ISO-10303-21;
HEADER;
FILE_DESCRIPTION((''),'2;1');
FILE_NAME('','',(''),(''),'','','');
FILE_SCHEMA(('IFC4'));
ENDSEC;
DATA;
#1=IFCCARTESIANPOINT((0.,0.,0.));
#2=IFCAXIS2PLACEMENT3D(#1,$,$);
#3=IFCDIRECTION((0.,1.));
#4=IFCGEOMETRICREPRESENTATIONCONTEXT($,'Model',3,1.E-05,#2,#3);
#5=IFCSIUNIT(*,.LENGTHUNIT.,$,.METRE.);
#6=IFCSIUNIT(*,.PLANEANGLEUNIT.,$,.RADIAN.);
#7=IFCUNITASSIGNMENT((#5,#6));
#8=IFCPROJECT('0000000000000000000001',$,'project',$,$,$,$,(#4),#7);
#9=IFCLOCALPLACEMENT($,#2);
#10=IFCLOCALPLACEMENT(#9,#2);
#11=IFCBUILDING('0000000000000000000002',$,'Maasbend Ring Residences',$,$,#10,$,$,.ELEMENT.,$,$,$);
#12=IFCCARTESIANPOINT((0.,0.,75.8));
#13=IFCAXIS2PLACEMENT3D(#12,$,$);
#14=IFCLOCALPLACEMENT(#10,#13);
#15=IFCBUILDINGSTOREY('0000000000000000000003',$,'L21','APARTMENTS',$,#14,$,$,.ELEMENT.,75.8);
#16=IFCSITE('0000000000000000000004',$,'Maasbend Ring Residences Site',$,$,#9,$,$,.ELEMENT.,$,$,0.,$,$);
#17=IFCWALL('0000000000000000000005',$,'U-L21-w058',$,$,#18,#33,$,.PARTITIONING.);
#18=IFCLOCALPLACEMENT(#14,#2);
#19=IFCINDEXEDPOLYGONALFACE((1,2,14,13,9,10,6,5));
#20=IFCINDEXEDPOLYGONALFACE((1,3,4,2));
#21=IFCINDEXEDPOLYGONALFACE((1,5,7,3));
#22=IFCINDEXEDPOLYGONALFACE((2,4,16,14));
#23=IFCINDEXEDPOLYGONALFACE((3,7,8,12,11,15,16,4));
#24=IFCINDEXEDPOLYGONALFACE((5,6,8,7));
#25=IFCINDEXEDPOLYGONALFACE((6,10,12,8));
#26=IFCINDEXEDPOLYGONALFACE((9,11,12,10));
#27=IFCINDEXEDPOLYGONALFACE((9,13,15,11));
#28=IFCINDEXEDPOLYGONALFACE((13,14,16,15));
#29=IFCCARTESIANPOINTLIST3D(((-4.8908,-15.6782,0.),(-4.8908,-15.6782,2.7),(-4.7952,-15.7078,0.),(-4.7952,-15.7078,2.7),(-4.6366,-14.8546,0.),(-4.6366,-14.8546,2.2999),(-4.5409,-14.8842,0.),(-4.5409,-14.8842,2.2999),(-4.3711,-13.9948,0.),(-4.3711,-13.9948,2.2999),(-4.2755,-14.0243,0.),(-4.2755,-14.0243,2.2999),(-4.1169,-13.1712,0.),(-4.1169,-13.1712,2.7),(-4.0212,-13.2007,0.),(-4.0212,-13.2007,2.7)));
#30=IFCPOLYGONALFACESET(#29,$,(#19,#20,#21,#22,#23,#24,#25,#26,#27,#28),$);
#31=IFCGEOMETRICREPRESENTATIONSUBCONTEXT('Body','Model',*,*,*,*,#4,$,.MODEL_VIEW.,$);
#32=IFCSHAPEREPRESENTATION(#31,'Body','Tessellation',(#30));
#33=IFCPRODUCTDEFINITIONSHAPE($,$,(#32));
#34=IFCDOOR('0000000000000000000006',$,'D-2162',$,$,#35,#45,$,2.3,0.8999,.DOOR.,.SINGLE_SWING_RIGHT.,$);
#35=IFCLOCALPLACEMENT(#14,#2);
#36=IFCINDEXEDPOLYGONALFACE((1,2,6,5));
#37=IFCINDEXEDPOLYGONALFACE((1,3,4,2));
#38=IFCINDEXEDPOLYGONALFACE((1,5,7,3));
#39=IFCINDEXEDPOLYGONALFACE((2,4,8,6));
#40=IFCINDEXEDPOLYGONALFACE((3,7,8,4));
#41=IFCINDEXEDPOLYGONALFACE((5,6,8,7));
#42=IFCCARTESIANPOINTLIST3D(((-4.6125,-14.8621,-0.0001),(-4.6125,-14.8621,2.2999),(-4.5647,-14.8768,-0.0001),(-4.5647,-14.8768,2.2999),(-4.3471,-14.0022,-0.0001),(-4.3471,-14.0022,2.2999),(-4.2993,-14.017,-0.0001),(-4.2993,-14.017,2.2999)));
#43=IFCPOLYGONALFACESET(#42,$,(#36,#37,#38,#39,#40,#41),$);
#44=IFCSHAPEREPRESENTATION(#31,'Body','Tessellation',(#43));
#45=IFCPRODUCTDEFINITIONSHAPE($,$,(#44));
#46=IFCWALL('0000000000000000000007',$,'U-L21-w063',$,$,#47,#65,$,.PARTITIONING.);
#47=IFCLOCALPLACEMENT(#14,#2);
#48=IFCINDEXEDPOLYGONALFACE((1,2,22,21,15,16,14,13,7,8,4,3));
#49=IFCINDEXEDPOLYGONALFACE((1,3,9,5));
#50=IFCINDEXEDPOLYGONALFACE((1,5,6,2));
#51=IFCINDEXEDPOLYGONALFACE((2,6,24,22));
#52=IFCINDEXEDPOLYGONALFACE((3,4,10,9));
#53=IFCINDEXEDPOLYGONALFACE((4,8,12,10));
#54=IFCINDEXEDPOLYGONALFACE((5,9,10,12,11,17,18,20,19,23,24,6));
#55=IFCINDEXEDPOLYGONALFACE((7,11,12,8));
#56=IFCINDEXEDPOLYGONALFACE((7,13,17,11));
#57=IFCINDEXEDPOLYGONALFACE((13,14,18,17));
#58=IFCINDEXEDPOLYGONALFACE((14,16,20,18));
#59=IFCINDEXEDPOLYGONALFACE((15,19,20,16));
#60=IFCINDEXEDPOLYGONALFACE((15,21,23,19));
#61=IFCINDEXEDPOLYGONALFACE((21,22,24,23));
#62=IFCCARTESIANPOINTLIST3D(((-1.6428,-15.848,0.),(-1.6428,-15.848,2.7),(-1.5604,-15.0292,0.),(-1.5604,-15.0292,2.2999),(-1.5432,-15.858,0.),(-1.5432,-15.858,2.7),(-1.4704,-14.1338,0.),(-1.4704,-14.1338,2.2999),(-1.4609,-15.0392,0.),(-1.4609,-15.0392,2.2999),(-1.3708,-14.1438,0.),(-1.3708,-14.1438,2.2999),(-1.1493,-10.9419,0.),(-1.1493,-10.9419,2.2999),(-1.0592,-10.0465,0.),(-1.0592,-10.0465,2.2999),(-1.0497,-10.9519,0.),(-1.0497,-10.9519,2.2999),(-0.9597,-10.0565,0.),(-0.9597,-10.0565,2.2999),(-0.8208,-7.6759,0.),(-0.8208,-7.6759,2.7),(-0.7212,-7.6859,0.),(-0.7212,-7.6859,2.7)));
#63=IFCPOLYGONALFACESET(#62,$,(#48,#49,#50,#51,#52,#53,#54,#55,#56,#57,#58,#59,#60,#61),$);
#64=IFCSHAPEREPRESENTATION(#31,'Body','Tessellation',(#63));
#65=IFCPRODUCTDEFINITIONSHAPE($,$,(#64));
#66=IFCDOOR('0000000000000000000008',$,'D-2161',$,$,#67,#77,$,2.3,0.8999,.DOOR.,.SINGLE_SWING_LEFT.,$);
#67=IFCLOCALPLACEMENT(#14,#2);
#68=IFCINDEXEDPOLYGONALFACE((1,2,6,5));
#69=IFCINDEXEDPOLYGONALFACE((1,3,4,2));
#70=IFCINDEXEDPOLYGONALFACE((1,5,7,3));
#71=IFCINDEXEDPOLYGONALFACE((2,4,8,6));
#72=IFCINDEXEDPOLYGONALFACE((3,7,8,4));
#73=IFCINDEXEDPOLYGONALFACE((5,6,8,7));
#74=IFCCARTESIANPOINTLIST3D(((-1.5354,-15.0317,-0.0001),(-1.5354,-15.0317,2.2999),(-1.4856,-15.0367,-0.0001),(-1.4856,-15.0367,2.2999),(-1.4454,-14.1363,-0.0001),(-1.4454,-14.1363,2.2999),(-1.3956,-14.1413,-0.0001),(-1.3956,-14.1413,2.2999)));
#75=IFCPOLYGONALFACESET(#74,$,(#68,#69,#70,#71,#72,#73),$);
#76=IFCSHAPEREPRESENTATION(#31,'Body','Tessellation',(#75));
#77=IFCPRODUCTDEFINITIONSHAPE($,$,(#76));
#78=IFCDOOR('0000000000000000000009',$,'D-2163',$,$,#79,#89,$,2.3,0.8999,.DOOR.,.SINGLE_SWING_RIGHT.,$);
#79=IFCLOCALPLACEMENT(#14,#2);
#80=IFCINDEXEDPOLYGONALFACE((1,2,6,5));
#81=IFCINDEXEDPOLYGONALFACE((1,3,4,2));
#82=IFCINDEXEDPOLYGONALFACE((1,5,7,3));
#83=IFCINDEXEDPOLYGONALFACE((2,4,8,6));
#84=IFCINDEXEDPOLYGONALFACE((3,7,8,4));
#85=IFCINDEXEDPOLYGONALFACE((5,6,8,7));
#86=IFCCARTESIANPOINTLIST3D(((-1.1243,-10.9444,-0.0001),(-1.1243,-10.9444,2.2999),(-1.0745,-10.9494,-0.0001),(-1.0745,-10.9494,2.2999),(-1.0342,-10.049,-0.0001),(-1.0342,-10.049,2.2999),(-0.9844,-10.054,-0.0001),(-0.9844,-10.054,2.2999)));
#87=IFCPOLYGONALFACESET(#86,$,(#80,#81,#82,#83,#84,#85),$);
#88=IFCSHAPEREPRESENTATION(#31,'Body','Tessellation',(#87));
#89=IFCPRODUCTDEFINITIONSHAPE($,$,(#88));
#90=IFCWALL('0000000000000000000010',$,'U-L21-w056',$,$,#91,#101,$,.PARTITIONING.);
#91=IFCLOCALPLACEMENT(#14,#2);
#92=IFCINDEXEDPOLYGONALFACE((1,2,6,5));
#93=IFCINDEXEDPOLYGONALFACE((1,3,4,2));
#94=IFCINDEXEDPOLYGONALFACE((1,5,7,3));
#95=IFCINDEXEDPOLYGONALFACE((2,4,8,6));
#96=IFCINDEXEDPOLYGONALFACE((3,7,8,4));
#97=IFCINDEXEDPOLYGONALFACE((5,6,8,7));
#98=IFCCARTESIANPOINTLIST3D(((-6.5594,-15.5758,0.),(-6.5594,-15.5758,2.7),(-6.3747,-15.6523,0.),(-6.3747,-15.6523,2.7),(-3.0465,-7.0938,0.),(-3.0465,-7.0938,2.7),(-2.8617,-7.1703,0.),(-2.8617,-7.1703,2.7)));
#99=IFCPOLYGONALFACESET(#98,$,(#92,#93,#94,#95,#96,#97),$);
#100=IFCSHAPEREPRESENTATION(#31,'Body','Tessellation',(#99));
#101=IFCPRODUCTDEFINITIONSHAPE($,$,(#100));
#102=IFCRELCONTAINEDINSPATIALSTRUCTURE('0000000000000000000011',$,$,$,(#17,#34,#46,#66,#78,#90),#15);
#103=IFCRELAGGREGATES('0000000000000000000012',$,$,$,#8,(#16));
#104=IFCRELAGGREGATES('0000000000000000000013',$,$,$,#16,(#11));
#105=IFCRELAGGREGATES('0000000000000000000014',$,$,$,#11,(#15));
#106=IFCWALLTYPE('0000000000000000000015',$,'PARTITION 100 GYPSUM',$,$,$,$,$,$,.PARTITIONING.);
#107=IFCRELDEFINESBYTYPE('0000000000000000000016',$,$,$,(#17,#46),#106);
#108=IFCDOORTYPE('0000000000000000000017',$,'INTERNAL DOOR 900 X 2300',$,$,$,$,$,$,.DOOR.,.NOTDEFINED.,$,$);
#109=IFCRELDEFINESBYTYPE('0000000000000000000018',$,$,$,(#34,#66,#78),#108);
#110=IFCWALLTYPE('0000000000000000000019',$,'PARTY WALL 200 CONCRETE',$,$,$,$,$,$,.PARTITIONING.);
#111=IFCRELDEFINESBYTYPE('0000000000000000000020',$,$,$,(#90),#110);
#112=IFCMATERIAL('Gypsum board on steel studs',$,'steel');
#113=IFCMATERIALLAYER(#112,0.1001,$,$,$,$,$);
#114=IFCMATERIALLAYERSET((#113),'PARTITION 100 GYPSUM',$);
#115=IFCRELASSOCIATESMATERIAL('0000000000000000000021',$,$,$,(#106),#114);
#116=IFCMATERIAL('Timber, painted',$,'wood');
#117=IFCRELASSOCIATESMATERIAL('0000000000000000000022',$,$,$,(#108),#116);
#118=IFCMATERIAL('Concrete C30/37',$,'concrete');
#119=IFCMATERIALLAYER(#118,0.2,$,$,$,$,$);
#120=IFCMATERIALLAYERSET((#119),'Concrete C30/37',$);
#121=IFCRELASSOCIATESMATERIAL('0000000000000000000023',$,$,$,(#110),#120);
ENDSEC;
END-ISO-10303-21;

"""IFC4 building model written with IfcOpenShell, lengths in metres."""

from ifc_helpers import new_model, si_unit, direction, frame, frame_2d, origin, place, context, subcontext, project, spatial, rectangle, extrude, material, layer, layer_set, type_object, element, fill, save


model = new_model("IFC4")

# Units and contexts
model_context = context("Model", 3, precision=1e-05, world=origin(), true_north=direction((0.0, 1.0)))
body_context = subcontext(model_context, "Body", "Model", "MODEL_VIEW")
ifc_project = project(units=[si_unit("LENGTHUNIT", "METRE"), si_unit("PLANEANGLEUNIT", "RADIAN")], contexts=[model_context])

# Site, building, storey
site_placement = place(None, origin())
site = spatial("IfcSite", under=ifc_project, at=site_placement, Name="Maasbend Ring Residences Site", CompositionType="ELEMENT", RefElevation=0.0)
building_placement = place(site_placement, origin())
building = spatial("IfcBuilding", under=site, at=building_placement, Name="Maasbend Ring Residences", CompositionType="ELEMENT")
storey_placement = place(building_placement, frame((0.0, 0.0, 75.8)))
storey = spatial("IfcBuildingStorey", under=building, at=storey_placement, Name="L21", Description="APARTMENTS", CompositionType="ELEMENT", Elevation=75.8)

# Shared definitions
ifc_material_1 = material(Name="Gypsum board on steel studs", Category="steel")
ifc_layer_1 = layer(ifc_material_1, 0.1001)
ifc_layer_set_1 = layer_set([ifc_layer_1], Name="PARTITION 100 GYPSUM")
wall_type_1 = type_object("IfcWallType", Name="PARTITION 100 GYPSUM", PredefinedType="PARTITIONING", material=ifc_layer_set_1)

# Shared definitions
ifc_material_2 = material(Name="Timber, painted", Category="wood")
door_type_1 = type_object("IfcDoorType", Name="INTERNAL DOOR 900 X 2300", OperationType="NOTDEFINED", PredefinedType="DOOR", material=ifc_material_2)

# Wall, opening, door
wall_1_placement = place(storey_placement, frame((-4.843, -15.6931, 0.0), z_axis=(0.0, 0.0, 1.0), x_axis=(0.294962, 0.955509, 0.0)))
wall_1 = element("IfcWall", 1, at=wall_1_placement, inside=storey, type_object=wall_type_1, Name="U-L21-w058", PredefinedType="PARTITIONING", context=body_context, shape_type="SweptSolid", body=[
    extrude(rectangle(XDim=2.6238, YDim=0.1001, at=frame_2d((1.312, 0.0))), origin(), (0.0, 0.0, 1.0), 2.7),
])
opening_1_placement = place(wall_1_placement, frame((0.8621, 0.0, 0.0)))
opening_1 = element("IfcOpeningElement", 2, at=opening_1_placement, cuts=wall_1, PredefinedType="OPENING", context=body_context, shape_type="SweptSolid", body=[
    extrude(rectangle(XDim=0.8999, YDim=2.3, at=frame_2d((0.45, 1.1499))), frame((0.0, 0.0601, 0.0), z_axis=(0.0, -1.0, 0.0), x_axis=(1.0, 0.0, 0.0)), (0.0, 0.0, 1.0), 0.1201),
])
door_1_placement = place(opening_1_placement, origin())
door_1 = element("IfcDoor", 3, at=door_1_placement, inside=storey, type_object=door_type_1, Name="D-2162", OperationType="SINGLE_SWING_RIGHT", OverallHeight=2.3, OverallWidth=0.8999, PredefinedType="DOOR", context=body_context, shape_type="SweptSolid", body=[
    extrude(rectangle(XDim=0.8999, YDim=2.3, at=frame_2d((0.45, 1.1499))), frame((0.0, 0.0249, 0.0), z_axis=(0.0, -1.0, 0.0), x_axis=(1.0, 0.0, 0.0)), (0.0, 0.0, 1.0), 0.05),
])
fill(opening_1, door_1)

# Wall, openings, doors
wall_2_placement = place(storey_placement, frame((-1.593, -15.853, 0.0), z_axis=(0.0, 0.0, 1.0), x_axis=(0.100083, 0.994979, 0.0)))
wall_2 = element("IfcWall", 4, at=wall_2_placement, inside=storey, type_object=wall_type_1, Name="U-L21-w063", PredefinedType="PARTITIONING", context=body_context, shape_type="SweptSolid", body=[
    extrude(rectangle(XDim=8.2134, YDim=0.1001, at=frame_2d((4.1067, 0.0))), origin(), (0.0, 0.0, 1.0), 2.7),
])
opening_2_placement = place(wall_2_placement, frame((0.823, 0.0, 0.0)))
opening_2 = element("IfcOpeningElement", 5, at=opening_2_placement, cuts=wall_2, PredefinedType="OPENING", context=body_context, shape_type="SweptSolid", body=[
    extrude(rectangle(XDim=0.8999, YDim=2.3, at=frame_2d((0.45, 1.1499))), frame((0.0, 0.0601, 0.0), z_axis=(0.0, -1.0, 0.0), x_axis=(1.0, 0.0, 0.0)), (0.0, 0.0, 1.0), 0.1201),
])
opening_3_placement = place(wall_2_placement, frame((4.9309, 0.0, 0.0)))
opening_3 = element("IfcOpeningElement", 6, at=opening_3_placement, cuts=wall_2, PredefinedType="OPENING", context=body_context, shape_type="SweptSolid", body=[
    extrude(rectangle(XDim=0.8999, YDim=2.3, at=frame_2d((0.45, 1.1499))), frame((0.0, 0.0601, 0.0), z_axis=(0.0, -1.0, 0.0), x_axis=(1.0, 0.0, 0.0)), (0.0, 0.0, 1.0), 0.1201),
])
door_2_placement = place(opening_2_placement, origin())
door_2 = element("IfcDoor", 7, at=door_2_placement, inside=storey, type_object=door_type_1, Name="D-2161", OperationType="SINGLE_SWING_LEFT", OverallHeight=2.3, OverallWidth=0.8999, PredefinedType="DOOR", context=body_context, shape_type="SweptSolid", body=[
    extrude(rectangle(XDim=0.8999, YDim=2.3, at=frame_2d((0.45, 1.1499))), frame((0.0, 0.0249, 0.0), z_axis=(0.0, -1.0, 0.0), x_axis=(1.0, 0.0, 0.0)), (0.0, 0.0, 1.0), 0.05),
])
fill(opening_2, door_2)
door_3_placement = place(opening_3_placement, origin())
door_3 = element("IfcDoor", 8, at=door_3_placement, inside=storey, type_object=door_type_1, Name="D-2163", OperationType="SINGLE_SWING_RIGHT", OverallHeight=2.3, OverallWidth=0.8999, PredefinedType="DOOR", context=body_context, shape_type="SweptSolid", body=[
    extrude(rectangle(XDim=0.8999, YDim=2.3, at=frame_2d((0.45, 1.1499))), frame((0.0, 0.0249, 0.0), z_axis=(0.0, -1.0, 0.0), x_axis=(1.0, 0.0, 0.0)), (0.0, 0.0, 1.0), 0.05),
])
fill(opening_3, door_3)

# Wall
ifc_material_3 = material(Name="Concrete C30/37", Category="concrete")
ifc_layer_2 = layer(ifc_material_3, 0.2)
ifc_layer_set_2 = layer_set([ifc_layer_2], Name="Concrete C30/37")
wall_type_2 = type_object("IfcWallType", Name="PARTY WALL 200 CONCRETE", PredefinedType="PARTITIONING", material=ifc_layer_set_2)
wall_3_placement = place(storey_placement, frame((-6.467, -15.614, 0.0), z_axis=(0.0, 0.0, 1.0), x_axis=(0.382647, 0.923895, 0.0)))
element("IfcWall", 9, at=wall_3_placement, inside=storey, type_object=wall_type_2, Name="U-L21-w056", PredefinedType="PARTITIONING", context=body_context, shape_type="SweptSolid", body=[
    extrude(rectangle(XDim=9.1807, YDim=0.2, at=frame_2d((4.5903, 0.0))), origin(), (0.0, 0.0, 1.0), 2.7),
])

save(model, "model.ifc")
